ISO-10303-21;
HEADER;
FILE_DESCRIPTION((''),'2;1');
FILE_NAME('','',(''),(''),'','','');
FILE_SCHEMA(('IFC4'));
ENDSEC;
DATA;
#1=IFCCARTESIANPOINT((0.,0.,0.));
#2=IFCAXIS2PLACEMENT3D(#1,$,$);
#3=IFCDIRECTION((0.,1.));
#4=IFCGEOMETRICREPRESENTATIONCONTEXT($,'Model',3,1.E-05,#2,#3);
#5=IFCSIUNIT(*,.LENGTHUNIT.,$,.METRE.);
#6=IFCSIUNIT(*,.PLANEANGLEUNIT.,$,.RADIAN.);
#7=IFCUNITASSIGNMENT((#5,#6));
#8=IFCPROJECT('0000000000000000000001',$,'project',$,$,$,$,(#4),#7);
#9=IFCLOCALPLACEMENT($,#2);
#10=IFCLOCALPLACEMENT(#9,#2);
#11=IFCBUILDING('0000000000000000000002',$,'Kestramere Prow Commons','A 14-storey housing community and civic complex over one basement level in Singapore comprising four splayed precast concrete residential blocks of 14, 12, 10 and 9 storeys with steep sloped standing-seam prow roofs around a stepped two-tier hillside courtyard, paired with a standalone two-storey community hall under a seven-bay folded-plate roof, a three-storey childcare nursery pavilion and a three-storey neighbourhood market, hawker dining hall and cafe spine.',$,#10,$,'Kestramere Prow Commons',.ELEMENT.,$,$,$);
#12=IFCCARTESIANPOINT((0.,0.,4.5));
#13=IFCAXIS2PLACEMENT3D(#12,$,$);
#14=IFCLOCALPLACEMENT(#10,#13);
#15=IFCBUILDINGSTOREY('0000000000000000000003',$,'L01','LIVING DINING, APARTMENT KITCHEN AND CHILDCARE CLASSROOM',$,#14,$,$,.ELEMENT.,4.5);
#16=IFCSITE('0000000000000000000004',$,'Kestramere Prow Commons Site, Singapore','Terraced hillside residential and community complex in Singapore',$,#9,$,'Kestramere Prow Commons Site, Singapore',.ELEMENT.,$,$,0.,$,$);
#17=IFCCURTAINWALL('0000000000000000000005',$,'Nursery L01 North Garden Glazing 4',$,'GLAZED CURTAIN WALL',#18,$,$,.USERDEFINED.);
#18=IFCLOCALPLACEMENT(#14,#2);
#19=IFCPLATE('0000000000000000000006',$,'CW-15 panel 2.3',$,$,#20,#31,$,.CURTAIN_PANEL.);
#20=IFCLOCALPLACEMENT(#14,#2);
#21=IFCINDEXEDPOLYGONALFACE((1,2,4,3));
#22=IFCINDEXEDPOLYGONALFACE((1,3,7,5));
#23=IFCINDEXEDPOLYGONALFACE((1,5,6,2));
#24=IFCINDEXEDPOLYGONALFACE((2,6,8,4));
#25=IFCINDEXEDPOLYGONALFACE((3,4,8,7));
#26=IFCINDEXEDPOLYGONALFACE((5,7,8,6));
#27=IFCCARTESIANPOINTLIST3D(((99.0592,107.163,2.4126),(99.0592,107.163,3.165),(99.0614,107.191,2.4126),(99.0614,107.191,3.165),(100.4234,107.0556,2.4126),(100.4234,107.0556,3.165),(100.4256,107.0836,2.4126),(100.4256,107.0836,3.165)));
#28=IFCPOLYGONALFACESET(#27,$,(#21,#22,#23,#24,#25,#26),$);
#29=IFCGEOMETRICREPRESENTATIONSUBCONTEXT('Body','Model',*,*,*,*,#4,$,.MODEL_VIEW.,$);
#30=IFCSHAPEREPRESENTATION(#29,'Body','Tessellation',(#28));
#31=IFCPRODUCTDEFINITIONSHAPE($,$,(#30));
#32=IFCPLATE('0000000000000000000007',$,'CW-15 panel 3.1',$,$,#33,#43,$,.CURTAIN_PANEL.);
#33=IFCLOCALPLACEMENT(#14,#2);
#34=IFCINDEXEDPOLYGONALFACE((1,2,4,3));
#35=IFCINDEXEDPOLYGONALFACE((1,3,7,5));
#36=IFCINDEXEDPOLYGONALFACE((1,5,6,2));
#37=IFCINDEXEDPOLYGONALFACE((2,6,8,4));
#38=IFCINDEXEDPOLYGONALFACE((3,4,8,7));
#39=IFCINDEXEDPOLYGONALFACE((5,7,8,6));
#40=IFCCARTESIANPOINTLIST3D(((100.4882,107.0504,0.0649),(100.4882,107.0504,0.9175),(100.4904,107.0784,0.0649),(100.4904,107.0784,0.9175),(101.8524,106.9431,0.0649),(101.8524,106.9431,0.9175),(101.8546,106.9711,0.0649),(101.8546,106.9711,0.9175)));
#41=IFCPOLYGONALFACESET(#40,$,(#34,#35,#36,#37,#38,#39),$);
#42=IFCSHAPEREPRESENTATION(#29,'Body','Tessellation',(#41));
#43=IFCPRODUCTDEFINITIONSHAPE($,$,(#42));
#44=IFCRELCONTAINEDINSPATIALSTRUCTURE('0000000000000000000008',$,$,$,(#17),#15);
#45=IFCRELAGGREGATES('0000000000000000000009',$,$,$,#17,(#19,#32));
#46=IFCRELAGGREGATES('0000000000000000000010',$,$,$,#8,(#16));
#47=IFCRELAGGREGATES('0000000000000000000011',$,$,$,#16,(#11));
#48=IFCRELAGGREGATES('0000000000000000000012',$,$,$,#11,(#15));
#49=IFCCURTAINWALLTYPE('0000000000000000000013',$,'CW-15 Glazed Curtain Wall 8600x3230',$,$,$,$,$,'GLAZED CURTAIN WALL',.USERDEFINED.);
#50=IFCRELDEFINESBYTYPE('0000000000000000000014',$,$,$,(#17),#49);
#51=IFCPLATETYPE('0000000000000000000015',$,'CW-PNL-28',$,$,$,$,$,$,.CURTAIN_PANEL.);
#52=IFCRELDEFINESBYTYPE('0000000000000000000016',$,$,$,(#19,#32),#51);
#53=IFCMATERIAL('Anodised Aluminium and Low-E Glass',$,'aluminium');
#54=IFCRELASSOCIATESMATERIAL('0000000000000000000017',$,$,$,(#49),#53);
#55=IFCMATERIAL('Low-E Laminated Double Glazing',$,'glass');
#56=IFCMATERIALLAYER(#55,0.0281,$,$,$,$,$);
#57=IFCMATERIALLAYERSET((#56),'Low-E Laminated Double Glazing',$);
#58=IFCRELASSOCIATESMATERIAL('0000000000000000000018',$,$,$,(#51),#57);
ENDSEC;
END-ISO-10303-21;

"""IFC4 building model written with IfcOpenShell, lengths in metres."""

from ifc_helpers import new_model, si_unit, direction, frame, origin, origin_2d, place, context, subcontext, project, spatial, rectangle, extrude, material, layer, layer_set, type_object, element, aggregate, save


model = new_model("IFC4")

# Units and contexts
model_context = context("Model", 3, precision=1e-05, world=origin(), true_north=direction((0.0, 1.0)))
body_context = subcontext(model_context, "Body", "Model", "MODEL_VIEW")
ifc_project = project(units=[si_unit("LENGTHUNIT", "METRE"), si_unit("PLANEANGLEUNIT", "RADIAN")], contexts=[model_context])

# Site, building, storey
site_placement = place(None, origin())
site = spatial("IfcSite", under=ifc_project, at=site_placement, Name="Kestramere Prow Commons Site, Singapore", Description="Terraced hillside residential and community complex in Singapore", LongName="Kestramere Prow Commons Site, Singapore", CompositionType="ELEMENT", RefElevation=0.0)
building_placement = place(site_placement, origin())
building = spatial("IfcBuilding", under=site, at=building_placement, Name="Kestramere Prow Commons", Description="A 14-storey housing community and civic complex over one basement level in Singapore comprising four splayed precast concrete residential blocks of 14, 12, 10 and 9 storeys with steep sloped standing-seam prow roofs around a stepped two-tier hillside courtyard, paired with a standalone two-storey community hall under a seven-bay folded-plate roof, a three-storey childcare nursery pavilion and a three-storey neighbourhood market, hawker dining hall and cafe spine.", LongName="Kestramere Prow Commons", CompositionType="ELEMENT")
storey_placement = place(building_placement, frame((0.0, 0.0, 4.5)))
storey = spatial("IfcBuildingStorey", under=building, at=storey_placement, Name="L01", Description="LIVING DINING, APARTMENT KITCHEN AND CHILDCARE CLASSROOM", CompositionType="ELEMENT", Elevation=4.5)

# Curtain wall, plates
ifc_material_1 = material(Name="Anodised Aluminium and Low-E Glass", Category="aluminium")
curtain_wall_type = type_object("IfcCurtainWallType", Name="CW-15 Glazed Curtain Wall 8600x3230", ElementType="GLAZED CURTAIN WALL", PredefinedType="USERDEFINED", material=ifc_material_1)
curtain_wall_placement = place(storey_placement, origin())
curtain_wall = element("IfcCurtainWall", 1, at=curtain_wall_placement, inside=storey, type_object=curtain_wall_type, Name="Nursery L01 North Garden Glazing 4", ObjectType="GLAZED CURTAIN WALL", PredefinedType="USERDEFINED")
ifc_material_2 = material(Name="Low-E Laminated Double Glazing", Category="glass")
ifc_layer = layer(ifc_material_2, 0.0281)
ifc_layer_set = layer_set([ifc_layer], Name="Low-E Laminated Double Glazing")
plate_type = type_object("IfcPlateType", Name="CW-PNL-28", PredefinedType="CURTAIN_PANEL", material=ifc_layer_set)
plate_1_placement = place(storey_placement, frame((99.7424, 107.1233, 2.4126), z_axis=(0.0, 0.0, 1.0), x_axis=(0.996917, -0.078459, 0.0)))
plate_1 = element("IfcPlate", 2, at=plate_1_placement, type_object=plate_type, Name="CW-15 panel 2.3", PredefinedType="CURTAIN_PANEL", context=body_context, shape_type="SweptSolid", body=[
    extrude(rectangle(XDim=1.3684, YDim=0.0281, at=origin_2d()), origin(), (0.0, 0.0, 1.0), 0.7524),
])
plate_2_placement = place(storey_placement, frame((101.1714, 107.0107, 0.0649), z_axis=(0.0, 0.0, 1.0), x_axis=(0.996917, -0.078459, 0.0)))
plate_2 = element("IfcPlate", 3, at=plate_2_placement, type_object=plate_type, Name="CW-15 panel 3.1", PredefinedType="CURTAIN_PANEL", context=body_context, shape_type="SweptSolid", body=[
    extrude(rectangle(XDim=1.3684, YDim=0.0281, at=origin_2d()), origin(), (0.0, 0.0, 1.0), 0.8525),
])
aggregate(curtain_wall, [plate_1, plate_2])

save(model, "model.ifc")
